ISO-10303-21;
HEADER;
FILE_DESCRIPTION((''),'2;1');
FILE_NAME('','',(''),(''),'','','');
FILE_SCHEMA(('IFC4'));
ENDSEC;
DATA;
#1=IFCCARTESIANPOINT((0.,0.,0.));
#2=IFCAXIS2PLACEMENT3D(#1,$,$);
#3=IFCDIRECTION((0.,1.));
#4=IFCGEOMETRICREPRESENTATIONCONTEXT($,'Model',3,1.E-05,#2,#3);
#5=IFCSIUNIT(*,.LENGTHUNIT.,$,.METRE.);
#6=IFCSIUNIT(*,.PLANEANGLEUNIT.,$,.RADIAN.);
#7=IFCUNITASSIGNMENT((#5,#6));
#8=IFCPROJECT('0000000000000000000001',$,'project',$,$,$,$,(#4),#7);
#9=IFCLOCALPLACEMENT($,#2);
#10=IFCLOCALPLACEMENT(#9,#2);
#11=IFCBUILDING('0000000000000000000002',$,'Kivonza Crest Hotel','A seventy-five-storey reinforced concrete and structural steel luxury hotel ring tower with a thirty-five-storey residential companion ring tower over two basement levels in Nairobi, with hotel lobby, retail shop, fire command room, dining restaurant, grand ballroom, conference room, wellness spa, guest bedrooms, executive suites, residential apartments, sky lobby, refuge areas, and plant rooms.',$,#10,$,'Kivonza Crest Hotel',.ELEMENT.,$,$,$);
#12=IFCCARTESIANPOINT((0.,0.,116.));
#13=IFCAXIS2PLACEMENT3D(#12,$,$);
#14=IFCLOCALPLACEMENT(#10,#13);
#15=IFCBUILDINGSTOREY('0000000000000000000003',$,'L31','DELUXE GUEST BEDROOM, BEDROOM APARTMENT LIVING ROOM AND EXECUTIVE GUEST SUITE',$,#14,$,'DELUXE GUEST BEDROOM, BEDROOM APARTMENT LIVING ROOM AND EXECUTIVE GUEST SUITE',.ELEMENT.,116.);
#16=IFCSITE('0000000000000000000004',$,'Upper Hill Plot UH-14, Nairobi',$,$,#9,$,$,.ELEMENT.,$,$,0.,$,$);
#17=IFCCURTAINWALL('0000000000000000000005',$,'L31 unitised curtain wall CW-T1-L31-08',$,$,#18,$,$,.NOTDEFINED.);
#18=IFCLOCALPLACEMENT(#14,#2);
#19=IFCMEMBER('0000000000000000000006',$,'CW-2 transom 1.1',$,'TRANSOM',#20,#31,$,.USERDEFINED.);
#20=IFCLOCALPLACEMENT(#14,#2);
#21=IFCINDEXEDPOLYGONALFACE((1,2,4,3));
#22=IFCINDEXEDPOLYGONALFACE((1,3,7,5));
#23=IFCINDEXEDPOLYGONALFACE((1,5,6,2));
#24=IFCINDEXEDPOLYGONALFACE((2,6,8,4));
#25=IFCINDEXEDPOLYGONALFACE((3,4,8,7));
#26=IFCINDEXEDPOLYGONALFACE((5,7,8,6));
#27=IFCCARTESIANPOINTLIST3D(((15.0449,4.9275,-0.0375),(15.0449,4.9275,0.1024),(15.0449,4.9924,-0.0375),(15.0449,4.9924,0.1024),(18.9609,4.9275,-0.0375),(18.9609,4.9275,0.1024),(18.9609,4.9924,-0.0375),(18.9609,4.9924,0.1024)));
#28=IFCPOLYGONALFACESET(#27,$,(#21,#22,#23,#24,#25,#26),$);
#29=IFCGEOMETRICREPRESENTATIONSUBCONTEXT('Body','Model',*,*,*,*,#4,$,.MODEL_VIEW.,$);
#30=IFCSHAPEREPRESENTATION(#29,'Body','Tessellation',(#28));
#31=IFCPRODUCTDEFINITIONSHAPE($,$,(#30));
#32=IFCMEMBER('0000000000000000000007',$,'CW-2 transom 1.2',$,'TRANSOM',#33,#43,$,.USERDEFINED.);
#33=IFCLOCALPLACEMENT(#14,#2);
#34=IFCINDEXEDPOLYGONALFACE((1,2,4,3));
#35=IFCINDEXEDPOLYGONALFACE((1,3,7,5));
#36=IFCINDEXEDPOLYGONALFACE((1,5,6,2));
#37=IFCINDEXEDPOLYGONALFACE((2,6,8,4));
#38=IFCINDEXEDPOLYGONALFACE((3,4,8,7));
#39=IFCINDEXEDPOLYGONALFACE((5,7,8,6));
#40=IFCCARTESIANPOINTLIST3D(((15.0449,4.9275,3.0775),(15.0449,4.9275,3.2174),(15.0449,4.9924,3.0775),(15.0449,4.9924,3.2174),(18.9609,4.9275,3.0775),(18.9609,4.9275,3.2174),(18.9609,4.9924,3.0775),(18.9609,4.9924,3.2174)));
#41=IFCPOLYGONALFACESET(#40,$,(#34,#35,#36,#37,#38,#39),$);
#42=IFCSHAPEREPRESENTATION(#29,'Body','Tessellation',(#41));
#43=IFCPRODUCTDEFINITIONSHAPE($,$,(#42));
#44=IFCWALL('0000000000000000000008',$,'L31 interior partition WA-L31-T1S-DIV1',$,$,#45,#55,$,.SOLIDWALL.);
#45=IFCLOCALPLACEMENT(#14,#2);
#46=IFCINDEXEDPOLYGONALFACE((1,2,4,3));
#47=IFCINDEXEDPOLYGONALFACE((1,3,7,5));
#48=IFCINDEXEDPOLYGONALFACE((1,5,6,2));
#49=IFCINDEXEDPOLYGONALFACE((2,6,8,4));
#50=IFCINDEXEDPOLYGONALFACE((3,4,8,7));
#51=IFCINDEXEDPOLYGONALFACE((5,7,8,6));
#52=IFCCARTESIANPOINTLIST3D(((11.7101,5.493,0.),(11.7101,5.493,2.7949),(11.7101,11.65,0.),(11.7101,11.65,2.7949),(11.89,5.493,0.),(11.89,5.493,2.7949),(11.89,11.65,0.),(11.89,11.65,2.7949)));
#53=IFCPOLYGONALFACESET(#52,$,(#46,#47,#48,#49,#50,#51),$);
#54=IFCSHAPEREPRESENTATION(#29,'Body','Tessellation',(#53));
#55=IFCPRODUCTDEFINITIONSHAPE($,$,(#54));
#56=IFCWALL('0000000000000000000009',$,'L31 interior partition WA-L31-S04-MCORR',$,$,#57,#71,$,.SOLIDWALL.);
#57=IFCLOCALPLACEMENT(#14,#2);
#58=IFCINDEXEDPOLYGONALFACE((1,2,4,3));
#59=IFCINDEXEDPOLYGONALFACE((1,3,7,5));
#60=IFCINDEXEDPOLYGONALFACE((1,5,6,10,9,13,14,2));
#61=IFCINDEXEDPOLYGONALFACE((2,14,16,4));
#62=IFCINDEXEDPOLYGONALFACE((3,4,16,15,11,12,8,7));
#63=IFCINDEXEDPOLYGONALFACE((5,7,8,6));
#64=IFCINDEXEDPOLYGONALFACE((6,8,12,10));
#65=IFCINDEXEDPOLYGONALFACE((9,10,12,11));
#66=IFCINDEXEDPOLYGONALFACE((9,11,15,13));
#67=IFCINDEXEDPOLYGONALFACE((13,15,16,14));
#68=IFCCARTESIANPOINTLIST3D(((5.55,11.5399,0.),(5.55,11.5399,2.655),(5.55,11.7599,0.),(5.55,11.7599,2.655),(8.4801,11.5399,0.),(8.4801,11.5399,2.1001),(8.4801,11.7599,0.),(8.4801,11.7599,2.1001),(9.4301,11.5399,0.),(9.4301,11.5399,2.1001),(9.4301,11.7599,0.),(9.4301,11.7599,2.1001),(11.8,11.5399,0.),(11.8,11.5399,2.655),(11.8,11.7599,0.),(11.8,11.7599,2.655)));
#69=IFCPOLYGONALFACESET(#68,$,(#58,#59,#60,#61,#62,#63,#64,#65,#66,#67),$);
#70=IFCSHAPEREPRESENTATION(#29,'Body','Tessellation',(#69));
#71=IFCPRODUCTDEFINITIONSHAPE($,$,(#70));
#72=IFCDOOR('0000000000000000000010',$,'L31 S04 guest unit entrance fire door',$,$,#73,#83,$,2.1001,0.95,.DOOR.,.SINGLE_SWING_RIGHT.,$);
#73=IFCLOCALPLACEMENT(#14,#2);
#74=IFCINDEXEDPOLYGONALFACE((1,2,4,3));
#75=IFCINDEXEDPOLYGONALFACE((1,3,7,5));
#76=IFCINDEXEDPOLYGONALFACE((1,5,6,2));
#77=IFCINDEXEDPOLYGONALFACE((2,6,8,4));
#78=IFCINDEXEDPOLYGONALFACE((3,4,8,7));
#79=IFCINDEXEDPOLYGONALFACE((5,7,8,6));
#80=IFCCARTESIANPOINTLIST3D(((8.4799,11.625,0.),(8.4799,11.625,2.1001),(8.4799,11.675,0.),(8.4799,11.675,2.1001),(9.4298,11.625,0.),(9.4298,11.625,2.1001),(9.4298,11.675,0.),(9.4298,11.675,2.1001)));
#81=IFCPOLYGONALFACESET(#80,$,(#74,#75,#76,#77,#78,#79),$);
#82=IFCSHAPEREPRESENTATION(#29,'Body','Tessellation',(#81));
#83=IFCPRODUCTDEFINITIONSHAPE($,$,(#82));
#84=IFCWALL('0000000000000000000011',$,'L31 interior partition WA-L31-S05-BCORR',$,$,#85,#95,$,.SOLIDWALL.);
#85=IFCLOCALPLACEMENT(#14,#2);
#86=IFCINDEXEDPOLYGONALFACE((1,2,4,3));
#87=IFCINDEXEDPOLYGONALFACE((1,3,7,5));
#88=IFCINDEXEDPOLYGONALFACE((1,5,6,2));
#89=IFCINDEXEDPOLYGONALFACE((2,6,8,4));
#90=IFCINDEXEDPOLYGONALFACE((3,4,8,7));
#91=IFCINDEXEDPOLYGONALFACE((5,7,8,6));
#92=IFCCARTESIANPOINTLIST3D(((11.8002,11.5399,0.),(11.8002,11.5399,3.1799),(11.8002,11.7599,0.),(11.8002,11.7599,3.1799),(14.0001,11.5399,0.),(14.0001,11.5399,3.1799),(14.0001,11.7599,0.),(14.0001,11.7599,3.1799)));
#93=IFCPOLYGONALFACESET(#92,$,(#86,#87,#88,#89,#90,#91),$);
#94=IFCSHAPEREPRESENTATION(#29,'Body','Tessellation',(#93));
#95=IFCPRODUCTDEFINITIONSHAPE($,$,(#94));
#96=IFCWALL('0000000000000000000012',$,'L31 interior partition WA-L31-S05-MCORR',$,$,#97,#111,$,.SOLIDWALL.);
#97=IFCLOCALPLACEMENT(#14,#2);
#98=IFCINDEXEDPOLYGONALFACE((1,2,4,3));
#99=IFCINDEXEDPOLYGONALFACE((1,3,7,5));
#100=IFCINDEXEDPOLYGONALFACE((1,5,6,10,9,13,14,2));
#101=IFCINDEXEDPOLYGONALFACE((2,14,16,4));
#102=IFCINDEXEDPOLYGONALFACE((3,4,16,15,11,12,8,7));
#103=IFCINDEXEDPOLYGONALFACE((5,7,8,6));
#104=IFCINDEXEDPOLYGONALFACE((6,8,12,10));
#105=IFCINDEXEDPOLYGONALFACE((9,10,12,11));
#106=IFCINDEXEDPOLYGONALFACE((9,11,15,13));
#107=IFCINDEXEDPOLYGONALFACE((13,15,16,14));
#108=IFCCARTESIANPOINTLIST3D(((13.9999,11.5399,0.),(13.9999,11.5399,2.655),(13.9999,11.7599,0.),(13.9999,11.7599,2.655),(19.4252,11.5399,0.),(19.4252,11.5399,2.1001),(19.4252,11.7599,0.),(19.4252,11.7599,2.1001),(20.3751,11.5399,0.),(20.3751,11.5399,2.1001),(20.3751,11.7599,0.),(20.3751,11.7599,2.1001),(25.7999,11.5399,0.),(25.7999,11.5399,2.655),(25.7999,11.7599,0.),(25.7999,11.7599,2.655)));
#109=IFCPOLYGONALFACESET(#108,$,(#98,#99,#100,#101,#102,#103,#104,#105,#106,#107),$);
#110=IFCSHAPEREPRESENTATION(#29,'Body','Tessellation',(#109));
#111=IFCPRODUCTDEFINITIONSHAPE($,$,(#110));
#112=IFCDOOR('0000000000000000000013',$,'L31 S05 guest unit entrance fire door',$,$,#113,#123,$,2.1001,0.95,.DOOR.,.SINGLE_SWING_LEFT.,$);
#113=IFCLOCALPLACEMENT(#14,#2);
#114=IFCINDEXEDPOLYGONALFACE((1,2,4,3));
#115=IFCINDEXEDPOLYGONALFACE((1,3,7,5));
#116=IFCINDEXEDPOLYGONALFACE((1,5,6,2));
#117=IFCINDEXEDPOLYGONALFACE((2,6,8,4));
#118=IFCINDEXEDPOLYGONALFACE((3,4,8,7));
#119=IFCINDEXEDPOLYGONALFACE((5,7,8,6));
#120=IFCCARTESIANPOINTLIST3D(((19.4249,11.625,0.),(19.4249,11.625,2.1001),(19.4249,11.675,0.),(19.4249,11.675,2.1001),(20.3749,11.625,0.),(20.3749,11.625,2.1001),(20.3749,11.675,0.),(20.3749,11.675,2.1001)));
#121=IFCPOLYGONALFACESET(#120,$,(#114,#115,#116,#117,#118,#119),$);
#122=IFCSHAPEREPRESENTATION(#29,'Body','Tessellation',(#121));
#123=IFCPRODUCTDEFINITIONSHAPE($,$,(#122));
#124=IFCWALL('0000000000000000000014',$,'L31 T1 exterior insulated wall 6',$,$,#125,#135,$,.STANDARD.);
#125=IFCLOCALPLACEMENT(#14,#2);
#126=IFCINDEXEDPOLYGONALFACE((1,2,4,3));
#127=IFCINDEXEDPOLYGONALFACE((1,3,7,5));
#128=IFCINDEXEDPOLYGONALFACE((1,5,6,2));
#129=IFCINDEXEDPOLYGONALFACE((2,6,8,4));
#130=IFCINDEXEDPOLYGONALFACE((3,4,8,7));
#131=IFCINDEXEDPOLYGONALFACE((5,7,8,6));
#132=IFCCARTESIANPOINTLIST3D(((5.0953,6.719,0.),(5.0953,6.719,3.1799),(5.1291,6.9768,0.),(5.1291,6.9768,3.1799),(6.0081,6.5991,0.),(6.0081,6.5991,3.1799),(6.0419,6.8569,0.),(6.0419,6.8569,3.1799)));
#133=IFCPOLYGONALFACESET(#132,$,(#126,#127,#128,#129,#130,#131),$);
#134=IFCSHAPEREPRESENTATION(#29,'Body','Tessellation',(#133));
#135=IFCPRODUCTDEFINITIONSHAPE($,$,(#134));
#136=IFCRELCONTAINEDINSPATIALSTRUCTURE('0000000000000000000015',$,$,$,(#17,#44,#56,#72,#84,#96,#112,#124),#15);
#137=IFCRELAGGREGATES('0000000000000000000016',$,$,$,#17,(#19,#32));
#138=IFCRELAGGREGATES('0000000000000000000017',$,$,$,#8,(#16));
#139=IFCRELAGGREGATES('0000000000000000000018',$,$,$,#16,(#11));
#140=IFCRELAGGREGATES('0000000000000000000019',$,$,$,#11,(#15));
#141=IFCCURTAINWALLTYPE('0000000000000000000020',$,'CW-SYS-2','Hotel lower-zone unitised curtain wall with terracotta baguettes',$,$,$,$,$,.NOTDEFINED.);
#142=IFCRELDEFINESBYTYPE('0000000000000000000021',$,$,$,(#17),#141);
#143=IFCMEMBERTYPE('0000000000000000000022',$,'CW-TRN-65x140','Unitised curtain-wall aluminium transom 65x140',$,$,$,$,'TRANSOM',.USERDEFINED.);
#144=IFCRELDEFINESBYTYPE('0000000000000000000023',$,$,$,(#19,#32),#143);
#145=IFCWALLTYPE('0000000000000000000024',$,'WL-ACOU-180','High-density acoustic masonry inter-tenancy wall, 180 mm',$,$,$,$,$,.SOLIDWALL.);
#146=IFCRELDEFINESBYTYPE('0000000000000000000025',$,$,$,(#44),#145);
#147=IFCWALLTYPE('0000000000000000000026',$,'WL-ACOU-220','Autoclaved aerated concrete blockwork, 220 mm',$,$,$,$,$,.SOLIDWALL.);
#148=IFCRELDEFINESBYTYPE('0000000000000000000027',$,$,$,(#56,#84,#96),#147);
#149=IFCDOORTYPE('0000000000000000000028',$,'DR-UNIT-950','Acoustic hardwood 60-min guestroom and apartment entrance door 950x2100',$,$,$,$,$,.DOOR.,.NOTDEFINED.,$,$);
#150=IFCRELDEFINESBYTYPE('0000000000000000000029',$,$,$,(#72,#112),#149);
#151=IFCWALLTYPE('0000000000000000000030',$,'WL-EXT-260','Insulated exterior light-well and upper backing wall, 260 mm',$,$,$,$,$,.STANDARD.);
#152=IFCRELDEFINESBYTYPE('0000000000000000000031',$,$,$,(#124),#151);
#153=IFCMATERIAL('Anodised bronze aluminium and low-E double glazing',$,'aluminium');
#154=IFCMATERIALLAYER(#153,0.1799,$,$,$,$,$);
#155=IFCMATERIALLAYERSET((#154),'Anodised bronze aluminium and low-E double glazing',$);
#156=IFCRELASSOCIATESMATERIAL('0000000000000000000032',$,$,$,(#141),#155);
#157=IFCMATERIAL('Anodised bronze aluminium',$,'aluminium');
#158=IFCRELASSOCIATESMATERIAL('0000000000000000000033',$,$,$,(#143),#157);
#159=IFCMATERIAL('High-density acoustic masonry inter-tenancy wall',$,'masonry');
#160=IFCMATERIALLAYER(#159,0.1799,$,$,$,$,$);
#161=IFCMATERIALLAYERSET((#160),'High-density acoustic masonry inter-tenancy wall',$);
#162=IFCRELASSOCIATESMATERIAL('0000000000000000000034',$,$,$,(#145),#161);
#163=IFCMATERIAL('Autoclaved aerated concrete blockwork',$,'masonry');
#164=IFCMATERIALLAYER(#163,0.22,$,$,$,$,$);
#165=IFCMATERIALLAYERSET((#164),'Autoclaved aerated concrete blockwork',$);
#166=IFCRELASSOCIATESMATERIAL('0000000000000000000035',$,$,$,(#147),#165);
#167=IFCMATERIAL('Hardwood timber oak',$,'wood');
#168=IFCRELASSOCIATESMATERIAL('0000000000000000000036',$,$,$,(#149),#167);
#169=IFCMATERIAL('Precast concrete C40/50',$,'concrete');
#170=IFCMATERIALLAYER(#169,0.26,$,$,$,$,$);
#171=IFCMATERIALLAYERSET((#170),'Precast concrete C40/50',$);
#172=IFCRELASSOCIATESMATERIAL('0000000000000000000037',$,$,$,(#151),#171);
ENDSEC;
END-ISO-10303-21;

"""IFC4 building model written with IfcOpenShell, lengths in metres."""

from ifc_helpers import new_model, si_unit, direction, frame, frame_2d, origin, origin_2d, place, context, subcontext, project, spatial, rectangle, extrude, material, layer, layer_set, material_profile, profile_set, type_object, element, fill, aggregate, save


model = new_model("IFC4")

# Units and contexts
model_context = context("Model", 3, precision=1e-05, world=origin(), true_north=direction((0.0, 1.0)))
body_context = subcontext(model_context, "Body", "Model", "MODEL_VIEW")
ifc_project = project(units=[si_unit("LENGTHUNIT", "METRE"), si_unit("PLANEANGLEUNIT", "RADIAN")], contexts=[model_context])

# Site, building, storey
site_placement = place(None, origin())
site = spatial("IfcSite", under=ifc_project, at=site_placement, Name="Upper Hill Plot UH-14, Nairobi", CompositionType="ELEMENT", RefElevation=0.0)
building_placement = place(site_placement, origin())
building = spatial("IfcBuilding", under=site, at=building_placement, Name="Kivonza Crest Hotel", Description="A seventy-five-storey reinforced concrete and structural steel luxury hotel ring tower with a thirty-five-storey residential companion ring tower over two basement levels in Nairobi, with hotel lobby, retail shop, fire command room, dining restaurant, grand ballroom, conference room, wellness spa, guest bedrooms, executive suites, residential apartments, sky lobby, refuge areas, and plant rooms.", LongName="Kivonza Crest Hotel", CompositionType="ELEMENT")
storey_placement = place(building_placement, frame((0.0, 0.0, 116.0)))
storey = spatial("IfcBuildingStorey", under=building, at=storey_placement, Name="L31", Description="DELUXE GUEST BEDROOM, BEDROOM APARTMENT LIVING ROOM AND EXECUTIVE GUEST SUITE", LongName="DELUXE GUEST BEDROOM, BEDROOM APARTMENT LIVING ROOM AND EXECUTIVE GUEST SUITE", CompositionType="ELEMENT", Elevation=116.0)

# Curtain wall, members
ifc_material_1 = material(Name="Anodised bronze aluminium and low-E double glazing", Category="aluminium")
ifc_layer_1 = layer(ifc_material_1, 0.1799)
ifc_layer_set_1 = layer_set([ifc_layer_1], Name="Anodised bronze aluminium and low-E double glazing")
curtain_wall_type = type_object("IfcCurtainWallType", Name="CW-SYS-2", Description="Hotel lower-zone unitised curtain wall with terracotta baguettes", PredefinedType="NOTDEFINED", material=ifc_layer_set_1)
curtain_wall_placement = place(storey_placement, origin())
curtain_wall = element("IfcCurtainWall", 1, at=curtain_wall_placement, inside=storey, type_object=curtain_wall_type, Name="L31 unitised curtain wall CW-T1-L31-08", PredefinedType="NOTDEFINED")
ifc_material_2 = material(Name="Anodised bronze aluminium", Category="aluminium")
ifc_material_profile_1 = material_profile(ifc_material_2, rectangle(XDim=0.0649, YDim=0.1399, at=origin_2d()), Name="CW-T 65x140")
ifc_profile_set_1 = profile_set([ifc_material_profile_1], Name="Anodised bronze aluminium")
member_type_1 = type_object("IfcMemberType", Name="CW-TRN-65x140", Description="Unitised curtain-wall aluminium transom 65x140", ElementType="TRANSOM", PredefinedType="USERDEFINED", material=ifc_profile_set_1)
member_1_placement = place(storey_placement, frame((15.0449, 4.96, 0.0325), z_axis=(1.0, 0.0, 0.0), x_axis=(0.0, 1.0, 0.0)))
member_1 = element("IfcMember", 2, at=member_1_placement, type_object=member_type_1, Name="CW-2 transom 1.1", ObjectType="TRANSOM", PredefinedType="USERDEFINED", context=body_context, shape_type="SweptSolid", body=[
    extrude(rectangle(XDim=0.0649, YDim=0.1399, at=origin_2d()), origin(), (0.0, 0.0, 1.0), 3.916),
])
member_2_placement = place(storey_placement, frame((15.0449, 4.96, 3.1475), z_axis=(1.0, 0.0, 0.0), x_axis=(0.0, 1.0, 0.0)))
member_2 = element("IfcMember", 3, at=member_2_placement, type_object=member_type_1, Name="CW-2 transom 1.2", ObjectType="TRANSOM", PredefinedType="USERDEFINED", context=body_context, shape_type="SweptSolid", body=[
    extrude(rectangle(XDim=0.0649, YDim=0.1399, at=origin_2d()), origin(), (0.0, 0.0, 1.0), 3.916),
])
aggregate(curtain_wall, [member_1, member_2])

# Wall
ifc_material_3 = material(Name="High-density acoustic masonry inter-tenancy wall", Category="masonry")
ifc_layer_2 = layer(ifc_material_3, 0.1799)
ifc_layer_set_2 = layer_set([ifc_layer_2], Name="High-density acoustic masonry inter-tenancy wall")
wall_type_1 = type_object("IfcWallType", Name="WL-ACOU-180", Description="High-density acoustic masonry inter-tenancy wall, 180 mm", PredefinedType="SOLIDWALL", material=ifc_layer_set_2)
wall_1_placement = place(storey_placement, frame((11.8, 5.4929, 0.0), z_axis=(0.0, 0.0, 1.0), x_axis=(0.0, 1.0, 0.0)))
element("IfcWall", 4, at=wall_1_placement, inside=storey, type_object=wall_type_1, Name="L31 interior partition WA-L31-T1S-DIV1", PredefinedType="SOLIDWALL", context=body_context, shape_type="SweptSolid", body=[
    extrude(rectangle(XDim=6.157, YDim=0.1799, at=frame_2d((3.0786, 0.0))), origin(), (0.0, 0.0, 1.0), 2.7949),
])

# Wall, opening, door
ifc_material_4 = material(Name="Autoclaved aerated concrete blockwork", Category="masonry")
ifc_layer_3 = layer(ifc_material_4, 0.22)
ifc_layer_set_3 = layer_set([ifc_layer_3], Name="Autoclaved aerated concrete blockwork")
wall_type_2 = type_object("IfcWallType", Name="WL-ACOU-220", Description="Autoclaved aerated concrete blockwork, 220 mm", PredefinedType="SOLIDWALL", material=ifc_layer_set_3)
wall_2_placement = place(storey_placement, frame((5.55, 11.6499, 0.0), z_axis=(0.0, 0.0, 1.0), x_axis=(1.0, 0.0, 0.0)))
wall_2 = element("IfcWall", 5, at=wall_2_placement, inside=storey, type_object=wall_type_2, Name="L31 interior partition WA-L31-S04-MCORR", PredefinedType="SOLIDWALL", context=body_context, shape_type="SweptSolid", body=[
    extrude(rectangle(XDim=6.25, YDim=0.22, at=frame_2d((3.125, 0.0))), origin(), (0.0, 0.0, 1.0), 2.655),
])
opening_1_placement = place(wall_2_placement, frame((2.9299, 0.0, 0.0)))
opening_1 = element("IfcOpeningElement", 6, at=opening_1_placement, cuts=wall_2, PredefinedType="OPENING", context=body_context, shape_type="SweptSolid", body=[
    extrude(rectangle(XDim=0.95, YDim=2.1001, at=frame_2d((0.4751, 1.05))), frame((0.0, 0.1201, 0.0), z_axis=(0.0, -1.0, 0.0), x_axis=(1.0, 0.0, 0.0)), (0.0, 0.0, 1.0), 0.24),
])
ifc_material_5 = material(Name="Hardwood timber oak", Category="wood")
door_type_1 = type_object("IfcDoorType", Name="DR-UNIT-950", Description="Acoustic hardwood 60-min guestroom and apartment entrance door 950x2100", OperationType="NOTDEFINED", PredefinedType="DOOR", material=ifc_material_5)
door_1_placement = place(opening_1_placement, frame((0.95, 0.0, 0.0), z_axis=(0.0, 0.0, 1.0), x_axis=(-1.0, 0.0, 0.0)))
door_1 = element("IfcDoor", 7, at=door_1_placement, inside=storey, type_object=door_type_1, Name="L31 S04 guest unit entrance fire door", OperationType="SINGLE_SWING_RIGHT", OverallHeight=2.1001, OverallWidth=0.95, PredefinedType="DOOR", context=body_context, shape_type="SweptSolid", body=[
    extrude(rectangle(XDim=0.95, YDim=2.1001, at=frame_2d((0.4751, 1.05))), frame((0.0, 0.0249, 0.0), z_axis=(0.0, -1.0, 0.0), x_axis=(1.0, 0.0, 0.0)), (0.0, 0.0, 1.0), 0.05),
])
fill(opening_1, door_1)

# Wall
wall_3_placement = place(storey_placement, frame((11.8, 11.6499, 0.0), z_axis=(0.0, 0.0, 1.0), x_axis=(1.0, 0.0, 0.0)))
element("IfcWall", 8, at=wall_3_placement, inside=storey, type_object=wall_type_2, Name="L31 interior partition WA-L31-S05-BCORR", PredefinedType="SOLIDWALL", context=body_context, shape_type="SweptSolid", body=[
    extrude(rectangle(XDim=2.2, YDim=0.22, at=frame_2d((1.1001, 0.0))), origin(), (0.0, 0.0, 1.0), 3.1799),
])

# Wall, opening, door
wall_4_placement = place(storey_placement, frame((14.0, 11.6499, 0.0), z_axis=(0.0, 0.0, 1.0), x_axis=(1.0, 0.0, 0.0)))
wall_4 = element("IfcWall", 9, at=wall_4_placement, inside=storey, type_object=wall_type_2, Name="L31 interior partition WA-L31-S05-MCORR", PredefinedType="SOLIDWALL", context=body_context, shape_type="SweptSolid", body=[
    extrude(rectangle(XDim=11.8, YDim=0.22, at=frame_2d((5.8999, 0.0))), origin(), (0.0, 0.0, 1.0), 2.655),
])
opening_2_placement = place(wall_4_placement, frame((5.425, 0.0, 0.0)))
opening_2 = element("IfcOpeningElement", 10, at=opening_2_placement, cuts=wall_4, PredefinedType="OPENING", context=body_context, shape_type="SweptSolid", body=[
    extrude(rectangle(XDim=0.95, YDim=2.1001, at=frame_2d((0.4751, 1.05))), frame((0.0, 0.1201, 0.0), z_axis=(0.0, -1.0, 0.0), x_axis=(1.0, 0.0, 0.0)), (0.0, 0.0, 1.0), 0.24),
])
door_2_placement = place(opening_2_placement, frame((0.95, 0.0, 0.0), z_axis=(0.0, 0.0, 1.0), x_axis=(-1.0, 0.0, 0.0)))
door_2 = element("IfcDoor", 11, at=door_2_placement, inside=storey, type_object=door_type_1, Name="L31 S05 guest unit entrance fire door", OperationType="SINGLE_SWING_LEFT", OverallHeight=2.1001, OverallWidth=0.95, PredefinedType="DOOR", context=body_context, shape_type="SweptSolid", body=[
    extrude(rectangle(XDim=0.95, YDim=2.1001, at=frame_2d((0.4751, 1.05))), frame((0.0, 0.0249, 0.0), z_axis=(0.0, -1.0, 0.0), x_axis=(1.0, 0.0, 0.0)), (0.0, 0.0, 1.0), 0.05),
])
fill(opening_2, door_2)

# Wall
ifc_material_6 = material(Name="Precast concrete C40/50", Category="concrete")
ifc_layer_4 = layer(ifc_material_6, 0.26)
ifc_layer_set_4 = layer_set([ifc_layer_4], Name="Precast concrete C40/50")
wall_type_3 = type_object("IfcWallType", Name="WL-EXT-260", Description="Insulated exterior light-well and upper backing wall, 260 mm", PredefinedType="STANDARD", material=ifc_layer_set_4)
wall_5_placement = place(storey_placement, frame((5.1121, 6.8479, 0.0), z_axis=(0.0, 0.0, 1.0), x_axis=(0.991488, -0.130201, 0.0)))
element("IfcWall", 12, at=wall_5_placement, inside=storey, type_object=wall_type_3, Name="L31 T1 exterior insulated wall 6", PredefinedType="STANDARD", context=body_context, shape_type="SweptSolid", body=[
    extrude(rectangle(XDim=0.9207, YDim=0.26, at=frame_2d((0.4604, 0.0))), origin(), (0.0, 0.0, 1.0), 3.1799),
])

save(model, "model.ifc")
